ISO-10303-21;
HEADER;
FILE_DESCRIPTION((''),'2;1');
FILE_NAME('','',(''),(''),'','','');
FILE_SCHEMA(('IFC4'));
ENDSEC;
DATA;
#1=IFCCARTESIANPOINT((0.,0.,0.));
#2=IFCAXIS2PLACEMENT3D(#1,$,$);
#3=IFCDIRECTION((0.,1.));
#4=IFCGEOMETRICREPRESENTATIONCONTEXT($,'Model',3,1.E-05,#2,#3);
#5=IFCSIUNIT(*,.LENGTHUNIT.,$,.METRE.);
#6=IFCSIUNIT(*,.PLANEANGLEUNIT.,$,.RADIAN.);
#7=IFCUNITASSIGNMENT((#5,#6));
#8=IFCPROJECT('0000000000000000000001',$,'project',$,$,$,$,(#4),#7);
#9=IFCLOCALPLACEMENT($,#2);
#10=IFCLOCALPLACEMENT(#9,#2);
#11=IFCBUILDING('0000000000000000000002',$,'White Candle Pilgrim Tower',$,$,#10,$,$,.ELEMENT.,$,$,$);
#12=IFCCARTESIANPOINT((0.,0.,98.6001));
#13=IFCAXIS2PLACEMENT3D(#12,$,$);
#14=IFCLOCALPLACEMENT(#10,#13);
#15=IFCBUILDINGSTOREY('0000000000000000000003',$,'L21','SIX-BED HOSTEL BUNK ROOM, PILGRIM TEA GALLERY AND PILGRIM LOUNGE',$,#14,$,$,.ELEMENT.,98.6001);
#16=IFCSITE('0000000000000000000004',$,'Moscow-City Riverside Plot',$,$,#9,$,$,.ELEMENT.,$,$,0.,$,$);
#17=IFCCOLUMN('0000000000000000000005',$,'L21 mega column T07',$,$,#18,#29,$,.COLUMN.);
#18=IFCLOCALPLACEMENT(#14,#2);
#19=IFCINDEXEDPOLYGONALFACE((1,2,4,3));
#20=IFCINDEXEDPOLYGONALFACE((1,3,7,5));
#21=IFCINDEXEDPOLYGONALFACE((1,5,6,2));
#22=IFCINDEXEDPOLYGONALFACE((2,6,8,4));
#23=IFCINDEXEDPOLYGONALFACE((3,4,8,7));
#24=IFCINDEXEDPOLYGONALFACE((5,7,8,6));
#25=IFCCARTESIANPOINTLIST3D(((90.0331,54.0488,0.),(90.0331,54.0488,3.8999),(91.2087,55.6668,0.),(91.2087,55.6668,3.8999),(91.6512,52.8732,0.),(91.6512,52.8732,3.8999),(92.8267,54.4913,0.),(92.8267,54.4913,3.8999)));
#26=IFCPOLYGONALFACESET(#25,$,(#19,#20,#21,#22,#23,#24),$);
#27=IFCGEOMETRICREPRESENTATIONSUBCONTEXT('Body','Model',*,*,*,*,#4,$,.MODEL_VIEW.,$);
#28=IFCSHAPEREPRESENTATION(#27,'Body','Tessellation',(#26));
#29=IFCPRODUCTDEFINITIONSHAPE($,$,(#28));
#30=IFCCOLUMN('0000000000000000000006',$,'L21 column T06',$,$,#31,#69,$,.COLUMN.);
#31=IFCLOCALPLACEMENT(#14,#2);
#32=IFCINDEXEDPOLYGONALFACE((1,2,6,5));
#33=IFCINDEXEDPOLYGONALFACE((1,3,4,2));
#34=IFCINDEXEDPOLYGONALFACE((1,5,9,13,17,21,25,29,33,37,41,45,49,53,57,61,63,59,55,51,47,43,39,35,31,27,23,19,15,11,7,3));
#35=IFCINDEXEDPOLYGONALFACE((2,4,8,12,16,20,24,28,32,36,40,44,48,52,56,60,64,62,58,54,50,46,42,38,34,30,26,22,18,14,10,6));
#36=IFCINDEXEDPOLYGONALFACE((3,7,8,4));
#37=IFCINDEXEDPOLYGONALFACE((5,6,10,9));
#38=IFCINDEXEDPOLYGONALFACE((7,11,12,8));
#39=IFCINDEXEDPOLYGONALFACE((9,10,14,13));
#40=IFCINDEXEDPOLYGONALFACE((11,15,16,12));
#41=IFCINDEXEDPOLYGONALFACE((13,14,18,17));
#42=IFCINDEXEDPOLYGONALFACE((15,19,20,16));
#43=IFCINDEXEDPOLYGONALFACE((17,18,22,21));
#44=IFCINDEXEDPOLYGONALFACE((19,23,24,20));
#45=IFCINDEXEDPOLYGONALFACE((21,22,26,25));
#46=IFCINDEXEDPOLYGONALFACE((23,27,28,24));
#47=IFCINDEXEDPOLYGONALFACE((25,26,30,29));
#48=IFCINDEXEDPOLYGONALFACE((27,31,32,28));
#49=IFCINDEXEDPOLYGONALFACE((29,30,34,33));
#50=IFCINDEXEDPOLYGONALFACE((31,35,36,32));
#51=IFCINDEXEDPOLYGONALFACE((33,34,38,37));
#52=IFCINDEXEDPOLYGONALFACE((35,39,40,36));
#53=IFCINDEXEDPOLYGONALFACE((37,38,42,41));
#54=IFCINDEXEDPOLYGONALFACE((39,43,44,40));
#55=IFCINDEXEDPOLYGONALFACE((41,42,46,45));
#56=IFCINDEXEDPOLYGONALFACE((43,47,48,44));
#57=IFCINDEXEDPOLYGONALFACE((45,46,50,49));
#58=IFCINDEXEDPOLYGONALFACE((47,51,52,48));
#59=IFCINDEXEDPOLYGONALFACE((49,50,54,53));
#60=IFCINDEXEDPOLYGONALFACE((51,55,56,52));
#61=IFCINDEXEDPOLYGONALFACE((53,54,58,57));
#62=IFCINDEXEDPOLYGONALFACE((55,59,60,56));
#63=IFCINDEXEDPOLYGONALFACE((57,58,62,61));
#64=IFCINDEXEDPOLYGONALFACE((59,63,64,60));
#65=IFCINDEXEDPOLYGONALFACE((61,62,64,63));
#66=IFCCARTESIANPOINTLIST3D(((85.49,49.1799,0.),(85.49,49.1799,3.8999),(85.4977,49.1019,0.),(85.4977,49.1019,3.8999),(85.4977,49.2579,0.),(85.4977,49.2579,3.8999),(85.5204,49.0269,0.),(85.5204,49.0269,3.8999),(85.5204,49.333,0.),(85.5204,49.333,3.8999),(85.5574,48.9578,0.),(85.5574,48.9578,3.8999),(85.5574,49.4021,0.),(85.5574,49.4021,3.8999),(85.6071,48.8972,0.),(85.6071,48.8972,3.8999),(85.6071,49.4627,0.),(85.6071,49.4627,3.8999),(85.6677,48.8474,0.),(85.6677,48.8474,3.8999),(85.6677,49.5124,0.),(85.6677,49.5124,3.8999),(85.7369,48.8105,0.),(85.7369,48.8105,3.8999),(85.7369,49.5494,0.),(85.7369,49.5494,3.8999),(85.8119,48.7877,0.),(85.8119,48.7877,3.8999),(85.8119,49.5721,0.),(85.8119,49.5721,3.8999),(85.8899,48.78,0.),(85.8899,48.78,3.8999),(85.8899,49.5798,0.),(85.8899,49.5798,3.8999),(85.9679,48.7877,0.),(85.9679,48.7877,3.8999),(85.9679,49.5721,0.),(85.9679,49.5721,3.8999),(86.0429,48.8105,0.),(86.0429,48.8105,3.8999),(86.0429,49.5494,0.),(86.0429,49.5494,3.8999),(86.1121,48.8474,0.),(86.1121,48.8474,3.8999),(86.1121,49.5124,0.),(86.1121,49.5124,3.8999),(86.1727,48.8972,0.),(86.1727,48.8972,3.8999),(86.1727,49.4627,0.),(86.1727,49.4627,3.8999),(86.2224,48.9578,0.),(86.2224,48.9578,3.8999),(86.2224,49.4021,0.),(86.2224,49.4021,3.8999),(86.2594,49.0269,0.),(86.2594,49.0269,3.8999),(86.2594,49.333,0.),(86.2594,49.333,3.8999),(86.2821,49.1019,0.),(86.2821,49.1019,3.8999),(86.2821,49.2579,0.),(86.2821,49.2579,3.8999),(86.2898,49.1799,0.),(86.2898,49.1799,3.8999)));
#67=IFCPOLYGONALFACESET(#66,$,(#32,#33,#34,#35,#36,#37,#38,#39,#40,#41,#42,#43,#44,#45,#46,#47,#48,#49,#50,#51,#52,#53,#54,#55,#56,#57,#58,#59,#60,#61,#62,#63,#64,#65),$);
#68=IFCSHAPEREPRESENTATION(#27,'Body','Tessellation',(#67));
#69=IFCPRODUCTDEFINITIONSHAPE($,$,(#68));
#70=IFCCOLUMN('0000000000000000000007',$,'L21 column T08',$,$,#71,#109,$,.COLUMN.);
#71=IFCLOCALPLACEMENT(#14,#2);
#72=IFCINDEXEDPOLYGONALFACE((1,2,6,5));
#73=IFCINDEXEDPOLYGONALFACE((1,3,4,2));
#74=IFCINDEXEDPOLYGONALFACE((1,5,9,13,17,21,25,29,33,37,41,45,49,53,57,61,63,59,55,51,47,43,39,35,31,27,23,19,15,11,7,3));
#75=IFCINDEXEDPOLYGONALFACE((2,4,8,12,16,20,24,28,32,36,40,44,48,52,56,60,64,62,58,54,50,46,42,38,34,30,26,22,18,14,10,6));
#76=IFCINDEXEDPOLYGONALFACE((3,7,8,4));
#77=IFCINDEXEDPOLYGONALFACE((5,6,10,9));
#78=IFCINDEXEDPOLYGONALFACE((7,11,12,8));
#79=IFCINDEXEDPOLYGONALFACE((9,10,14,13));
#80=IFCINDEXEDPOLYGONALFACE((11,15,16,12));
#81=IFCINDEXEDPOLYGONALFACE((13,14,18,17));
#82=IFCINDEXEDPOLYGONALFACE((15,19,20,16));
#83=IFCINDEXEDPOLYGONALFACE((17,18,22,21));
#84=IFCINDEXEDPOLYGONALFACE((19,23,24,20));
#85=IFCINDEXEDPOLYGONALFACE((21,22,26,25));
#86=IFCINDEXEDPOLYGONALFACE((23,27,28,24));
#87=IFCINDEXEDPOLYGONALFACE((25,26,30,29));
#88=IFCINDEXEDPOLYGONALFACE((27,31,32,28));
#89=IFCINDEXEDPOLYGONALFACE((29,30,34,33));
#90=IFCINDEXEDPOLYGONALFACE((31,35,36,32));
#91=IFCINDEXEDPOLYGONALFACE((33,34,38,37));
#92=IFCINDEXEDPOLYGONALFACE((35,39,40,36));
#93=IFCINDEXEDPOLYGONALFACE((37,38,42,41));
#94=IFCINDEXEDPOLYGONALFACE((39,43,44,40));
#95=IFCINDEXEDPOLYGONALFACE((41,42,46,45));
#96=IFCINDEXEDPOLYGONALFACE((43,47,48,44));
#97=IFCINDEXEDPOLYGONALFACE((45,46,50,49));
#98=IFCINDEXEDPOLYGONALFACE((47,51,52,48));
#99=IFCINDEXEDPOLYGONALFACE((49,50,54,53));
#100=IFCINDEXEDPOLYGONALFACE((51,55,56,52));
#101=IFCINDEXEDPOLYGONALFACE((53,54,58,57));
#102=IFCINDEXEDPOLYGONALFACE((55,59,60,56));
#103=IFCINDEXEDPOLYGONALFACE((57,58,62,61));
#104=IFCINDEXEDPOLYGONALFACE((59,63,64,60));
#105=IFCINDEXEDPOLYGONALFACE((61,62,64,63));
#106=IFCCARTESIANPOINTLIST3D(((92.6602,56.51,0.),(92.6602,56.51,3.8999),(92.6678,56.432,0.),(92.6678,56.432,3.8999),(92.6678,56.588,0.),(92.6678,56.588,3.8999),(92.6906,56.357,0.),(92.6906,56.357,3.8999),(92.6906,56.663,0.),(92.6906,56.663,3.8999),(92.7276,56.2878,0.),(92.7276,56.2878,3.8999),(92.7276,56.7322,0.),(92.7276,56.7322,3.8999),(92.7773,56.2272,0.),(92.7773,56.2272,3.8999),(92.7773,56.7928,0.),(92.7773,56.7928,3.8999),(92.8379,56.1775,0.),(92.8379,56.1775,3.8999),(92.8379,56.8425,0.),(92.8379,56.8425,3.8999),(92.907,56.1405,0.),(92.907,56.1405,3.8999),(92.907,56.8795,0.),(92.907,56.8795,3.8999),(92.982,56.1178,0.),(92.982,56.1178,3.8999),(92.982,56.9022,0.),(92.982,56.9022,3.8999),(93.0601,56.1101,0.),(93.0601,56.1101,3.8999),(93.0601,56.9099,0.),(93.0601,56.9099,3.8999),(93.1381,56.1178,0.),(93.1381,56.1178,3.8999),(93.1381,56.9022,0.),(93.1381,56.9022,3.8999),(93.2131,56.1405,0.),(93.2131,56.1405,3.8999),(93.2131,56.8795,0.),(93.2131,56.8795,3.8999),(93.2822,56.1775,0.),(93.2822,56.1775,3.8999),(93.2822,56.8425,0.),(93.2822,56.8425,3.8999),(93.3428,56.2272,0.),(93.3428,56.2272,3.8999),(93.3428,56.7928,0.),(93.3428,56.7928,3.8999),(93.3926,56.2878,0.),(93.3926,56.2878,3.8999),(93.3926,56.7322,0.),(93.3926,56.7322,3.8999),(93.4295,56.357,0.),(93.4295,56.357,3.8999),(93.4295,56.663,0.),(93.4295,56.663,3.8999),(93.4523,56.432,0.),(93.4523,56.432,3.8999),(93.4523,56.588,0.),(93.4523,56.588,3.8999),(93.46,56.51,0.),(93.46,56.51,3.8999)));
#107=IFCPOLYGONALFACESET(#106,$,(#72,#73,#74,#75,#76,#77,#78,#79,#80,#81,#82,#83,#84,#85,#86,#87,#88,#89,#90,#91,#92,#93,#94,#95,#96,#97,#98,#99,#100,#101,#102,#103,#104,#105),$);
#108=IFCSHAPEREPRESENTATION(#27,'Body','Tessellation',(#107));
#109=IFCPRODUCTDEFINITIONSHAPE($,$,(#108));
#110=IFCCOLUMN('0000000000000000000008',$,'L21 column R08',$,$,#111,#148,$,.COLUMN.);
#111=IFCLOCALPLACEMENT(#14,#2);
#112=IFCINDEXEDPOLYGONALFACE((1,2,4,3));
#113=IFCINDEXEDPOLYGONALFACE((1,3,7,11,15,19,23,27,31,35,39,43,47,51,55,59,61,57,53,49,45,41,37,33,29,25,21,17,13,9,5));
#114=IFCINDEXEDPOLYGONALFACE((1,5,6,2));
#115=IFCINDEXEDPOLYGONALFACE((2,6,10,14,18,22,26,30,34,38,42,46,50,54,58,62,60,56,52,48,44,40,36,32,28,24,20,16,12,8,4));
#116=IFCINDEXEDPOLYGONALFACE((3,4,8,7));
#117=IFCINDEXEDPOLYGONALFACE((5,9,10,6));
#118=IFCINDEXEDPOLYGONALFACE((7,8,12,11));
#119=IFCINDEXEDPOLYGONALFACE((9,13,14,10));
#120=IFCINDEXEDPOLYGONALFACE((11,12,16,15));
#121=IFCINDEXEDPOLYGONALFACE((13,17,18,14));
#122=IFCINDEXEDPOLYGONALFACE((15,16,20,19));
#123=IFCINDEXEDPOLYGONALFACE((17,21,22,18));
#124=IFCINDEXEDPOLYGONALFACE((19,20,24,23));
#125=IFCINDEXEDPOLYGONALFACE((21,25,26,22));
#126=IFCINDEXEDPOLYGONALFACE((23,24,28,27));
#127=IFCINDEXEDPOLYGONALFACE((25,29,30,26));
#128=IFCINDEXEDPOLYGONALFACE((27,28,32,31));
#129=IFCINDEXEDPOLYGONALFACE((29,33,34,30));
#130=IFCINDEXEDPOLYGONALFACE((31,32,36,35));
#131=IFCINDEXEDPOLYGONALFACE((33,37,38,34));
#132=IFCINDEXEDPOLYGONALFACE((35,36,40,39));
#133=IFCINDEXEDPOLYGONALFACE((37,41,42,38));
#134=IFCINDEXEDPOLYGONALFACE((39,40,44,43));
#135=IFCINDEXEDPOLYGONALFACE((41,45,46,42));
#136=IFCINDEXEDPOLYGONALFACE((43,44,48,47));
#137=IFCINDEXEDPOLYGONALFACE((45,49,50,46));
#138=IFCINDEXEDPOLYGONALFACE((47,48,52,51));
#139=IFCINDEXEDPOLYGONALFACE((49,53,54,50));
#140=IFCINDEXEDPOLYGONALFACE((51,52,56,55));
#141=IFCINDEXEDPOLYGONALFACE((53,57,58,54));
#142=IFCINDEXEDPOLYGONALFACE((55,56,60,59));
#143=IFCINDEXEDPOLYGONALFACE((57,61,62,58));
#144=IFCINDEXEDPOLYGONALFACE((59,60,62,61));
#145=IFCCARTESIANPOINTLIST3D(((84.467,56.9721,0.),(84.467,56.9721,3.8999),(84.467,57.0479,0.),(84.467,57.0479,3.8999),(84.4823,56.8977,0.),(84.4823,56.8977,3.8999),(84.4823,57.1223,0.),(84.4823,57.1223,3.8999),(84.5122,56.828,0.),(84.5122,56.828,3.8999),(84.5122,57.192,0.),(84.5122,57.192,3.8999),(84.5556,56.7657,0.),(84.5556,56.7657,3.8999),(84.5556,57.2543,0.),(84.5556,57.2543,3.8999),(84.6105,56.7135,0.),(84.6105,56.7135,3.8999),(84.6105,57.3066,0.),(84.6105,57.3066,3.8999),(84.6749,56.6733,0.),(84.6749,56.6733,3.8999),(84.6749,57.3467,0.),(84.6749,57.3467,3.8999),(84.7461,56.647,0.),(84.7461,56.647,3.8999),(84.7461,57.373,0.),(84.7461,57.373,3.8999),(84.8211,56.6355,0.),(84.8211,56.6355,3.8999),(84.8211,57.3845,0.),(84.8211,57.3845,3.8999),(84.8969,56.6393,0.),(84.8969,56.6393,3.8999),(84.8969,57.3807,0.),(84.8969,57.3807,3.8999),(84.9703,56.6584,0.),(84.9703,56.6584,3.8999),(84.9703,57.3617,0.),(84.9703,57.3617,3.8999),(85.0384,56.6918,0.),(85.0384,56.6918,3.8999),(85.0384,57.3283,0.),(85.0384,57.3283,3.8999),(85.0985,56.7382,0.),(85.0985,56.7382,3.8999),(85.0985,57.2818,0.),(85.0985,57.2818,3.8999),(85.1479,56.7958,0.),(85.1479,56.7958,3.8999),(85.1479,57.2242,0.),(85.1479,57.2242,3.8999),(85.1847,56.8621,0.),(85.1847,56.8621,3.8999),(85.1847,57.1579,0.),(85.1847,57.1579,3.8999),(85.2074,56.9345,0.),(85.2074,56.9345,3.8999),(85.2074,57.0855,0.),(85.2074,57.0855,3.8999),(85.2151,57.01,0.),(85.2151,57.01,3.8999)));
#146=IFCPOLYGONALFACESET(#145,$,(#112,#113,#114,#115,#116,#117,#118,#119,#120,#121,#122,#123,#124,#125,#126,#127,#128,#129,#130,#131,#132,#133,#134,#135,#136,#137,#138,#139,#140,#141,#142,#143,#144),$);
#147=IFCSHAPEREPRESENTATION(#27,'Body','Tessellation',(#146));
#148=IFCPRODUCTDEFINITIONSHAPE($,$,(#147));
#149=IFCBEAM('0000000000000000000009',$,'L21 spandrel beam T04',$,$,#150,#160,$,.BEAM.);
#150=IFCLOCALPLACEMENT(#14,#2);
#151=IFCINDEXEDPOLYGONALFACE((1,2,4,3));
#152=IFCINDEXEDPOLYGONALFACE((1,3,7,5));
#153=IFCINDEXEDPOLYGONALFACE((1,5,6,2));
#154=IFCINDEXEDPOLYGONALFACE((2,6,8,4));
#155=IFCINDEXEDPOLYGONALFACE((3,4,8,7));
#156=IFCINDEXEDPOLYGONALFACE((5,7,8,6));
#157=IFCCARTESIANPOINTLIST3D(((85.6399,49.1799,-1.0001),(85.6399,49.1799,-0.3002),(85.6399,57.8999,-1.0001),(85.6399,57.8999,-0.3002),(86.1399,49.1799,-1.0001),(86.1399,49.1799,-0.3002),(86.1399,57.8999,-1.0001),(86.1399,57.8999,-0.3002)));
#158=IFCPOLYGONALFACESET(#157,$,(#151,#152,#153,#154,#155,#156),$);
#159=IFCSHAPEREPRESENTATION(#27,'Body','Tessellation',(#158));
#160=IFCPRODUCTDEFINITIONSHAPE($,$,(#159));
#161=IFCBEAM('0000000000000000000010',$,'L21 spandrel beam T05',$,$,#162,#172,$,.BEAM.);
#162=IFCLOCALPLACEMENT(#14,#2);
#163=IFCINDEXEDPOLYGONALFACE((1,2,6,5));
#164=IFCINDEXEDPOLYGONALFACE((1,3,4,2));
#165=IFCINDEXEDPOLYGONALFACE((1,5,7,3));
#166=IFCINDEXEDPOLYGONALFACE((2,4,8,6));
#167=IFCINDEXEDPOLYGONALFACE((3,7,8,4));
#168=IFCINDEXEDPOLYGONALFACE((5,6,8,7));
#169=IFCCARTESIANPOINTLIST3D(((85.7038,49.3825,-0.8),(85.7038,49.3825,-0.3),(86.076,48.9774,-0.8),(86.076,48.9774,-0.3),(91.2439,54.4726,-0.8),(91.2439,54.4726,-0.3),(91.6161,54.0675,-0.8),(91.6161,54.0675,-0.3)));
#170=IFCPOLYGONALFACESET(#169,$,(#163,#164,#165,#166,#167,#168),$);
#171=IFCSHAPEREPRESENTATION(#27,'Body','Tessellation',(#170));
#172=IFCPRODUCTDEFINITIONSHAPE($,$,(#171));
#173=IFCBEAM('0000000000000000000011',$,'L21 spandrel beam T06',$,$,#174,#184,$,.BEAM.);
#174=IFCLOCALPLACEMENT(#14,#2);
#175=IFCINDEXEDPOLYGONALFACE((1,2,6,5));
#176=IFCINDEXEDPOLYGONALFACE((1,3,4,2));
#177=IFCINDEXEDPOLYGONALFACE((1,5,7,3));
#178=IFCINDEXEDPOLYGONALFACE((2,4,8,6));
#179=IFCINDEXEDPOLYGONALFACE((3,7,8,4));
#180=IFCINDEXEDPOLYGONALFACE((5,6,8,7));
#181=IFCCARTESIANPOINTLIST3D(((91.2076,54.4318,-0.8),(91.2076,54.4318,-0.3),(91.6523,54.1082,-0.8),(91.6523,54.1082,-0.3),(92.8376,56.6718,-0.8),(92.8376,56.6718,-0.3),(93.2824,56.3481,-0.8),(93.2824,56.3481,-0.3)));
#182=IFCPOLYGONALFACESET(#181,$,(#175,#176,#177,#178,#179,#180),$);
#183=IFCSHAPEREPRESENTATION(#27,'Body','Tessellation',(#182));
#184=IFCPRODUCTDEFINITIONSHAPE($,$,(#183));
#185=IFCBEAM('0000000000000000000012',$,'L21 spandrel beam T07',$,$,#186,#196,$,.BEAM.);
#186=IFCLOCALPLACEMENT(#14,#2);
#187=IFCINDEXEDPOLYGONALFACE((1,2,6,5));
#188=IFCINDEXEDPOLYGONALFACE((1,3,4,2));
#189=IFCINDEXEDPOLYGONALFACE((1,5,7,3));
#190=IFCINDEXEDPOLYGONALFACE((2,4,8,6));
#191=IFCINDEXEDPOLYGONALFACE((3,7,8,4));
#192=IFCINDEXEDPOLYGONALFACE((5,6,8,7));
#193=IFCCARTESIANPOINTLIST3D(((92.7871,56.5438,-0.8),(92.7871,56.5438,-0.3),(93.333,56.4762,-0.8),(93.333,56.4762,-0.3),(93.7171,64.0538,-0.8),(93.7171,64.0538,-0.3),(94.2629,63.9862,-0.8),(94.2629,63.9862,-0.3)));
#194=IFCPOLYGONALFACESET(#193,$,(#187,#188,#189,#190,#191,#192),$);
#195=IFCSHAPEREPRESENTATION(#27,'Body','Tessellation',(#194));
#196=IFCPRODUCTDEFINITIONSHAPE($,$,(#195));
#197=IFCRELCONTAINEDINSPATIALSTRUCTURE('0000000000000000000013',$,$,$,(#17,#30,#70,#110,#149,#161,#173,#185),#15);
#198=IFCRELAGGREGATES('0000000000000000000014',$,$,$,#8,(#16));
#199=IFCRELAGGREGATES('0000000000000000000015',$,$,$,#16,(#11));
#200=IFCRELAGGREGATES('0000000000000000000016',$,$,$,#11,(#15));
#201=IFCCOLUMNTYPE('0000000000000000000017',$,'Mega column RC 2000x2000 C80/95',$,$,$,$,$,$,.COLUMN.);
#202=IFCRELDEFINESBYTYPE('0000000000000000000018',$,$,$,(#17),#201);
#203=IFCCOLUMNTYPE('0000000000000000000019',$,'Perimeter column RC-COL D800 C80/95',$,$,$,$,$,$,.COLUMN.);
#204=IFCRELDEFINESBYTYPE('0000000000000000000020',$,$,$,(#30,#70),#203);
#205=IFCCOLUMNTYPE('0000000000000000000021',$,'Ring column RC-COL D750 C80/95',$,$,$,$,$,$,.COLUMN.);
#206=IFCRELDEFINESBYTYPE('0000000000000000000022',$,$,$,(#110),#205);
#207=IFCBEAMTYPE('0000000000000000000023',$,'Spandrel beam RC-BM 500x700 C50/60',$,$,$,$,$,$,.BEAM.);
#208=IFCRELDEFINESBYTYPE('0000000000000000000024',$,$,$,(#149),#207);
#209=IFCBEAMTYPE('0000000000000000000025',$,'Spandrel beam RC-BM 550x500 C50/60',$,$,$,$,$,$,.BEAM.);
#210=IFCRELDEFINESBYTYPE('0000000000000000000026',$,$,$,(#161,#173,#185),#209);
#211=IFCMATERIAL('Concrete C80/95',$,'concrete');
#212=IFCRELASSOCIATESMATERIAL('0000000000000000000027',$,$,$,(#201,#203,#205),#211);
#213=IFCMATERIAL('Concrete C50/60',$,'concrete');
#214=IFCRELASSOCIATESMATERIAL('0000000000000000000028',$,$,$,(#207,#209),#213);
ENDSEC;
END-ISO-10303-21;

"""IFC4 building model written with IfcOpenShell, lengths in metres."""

from ifc_helpers import new_model, si_unit, direction, frame, origin, origin_2d, place, context, subcontext, project, spatial, rectangle, circle, extrude, material, material_profile, profile_set, type_object, element, save


model = new_model("IFC4")

# Units and contexts
model_context = context("Model", 3, precision=1e-05, world=origin(), true_north=direction((0.0, 1.0)))
body_context = subcontext(model_context, "Body", "Model", "MODEL_VIEW")
ifc_project = project(units=[si_unit("LENGTHUNIT", "METRE"), si_unit("PLANEANGLEUNIT", "RADIAN")], contexts=[model_context])

# Site, building, storey
site_placement = place(None, origin())
site = spatial("IfcSite", under=ifc_project, at=site_placement, Name="Moscow-City Riverside Plot", CompositionType="ELEMENT", RefElevation=0.0)
building_placement = place(site_placement, origin())
building = spatial("IfcBuilding", under=site, at=building_placement, Name="White Candle Pilgrim Tower", CompositionType="ELEMENT")
storey_placement = place(building_placement, frame((0.0, 0.0, 98.6001)))
storey = spatial("IfcBuildingStorey", under=building, at=storey_placement, Name="L21", Description="SIX-BED HOSTEL BUNK ROOM, PILGRIM TEA GALLERY AND PILGRIM LOUNGE", CompositionType="ELEMENT", Elevation=98.6001)

# Columns
ifc_material_1 = material(Name="Concrete C80/95", Category="concrete")
ifc_material_profile_1 = material_profile(ifc_material_1, rectangle(XDim=2.0, YDim=2.0, at=origin_2d()), Name="RC 2000x2000")
ifc_profile_set_1 = profile_set([ifc_material_profile_1], Name="Concrete C80/95")
column_type_1 = type_object("IfcColumnType", Name="Mega column RC 2000x2000 C80/95", PredefinedType="COLUMN", material=ifc_profile_set_1)
column_1_placement = place(storey_placement, frame((91.4299, 54.27, 0.0), z_axis=(0.0, 0.0, 1.0), x_axis=(0.809017, -0.587785, 0.0)))
element("IfcColumn", 1, at=column_1_placement, inside=storey, type_object=column_type_1, Name="L21 mega column T07", PredefinedType="COLUMN", context=body_context, shape_type="SweptSolid", body=[
    extrude(rectangle(XDim=2.0, YDim=2.0, at=origin_2d()), origin(), (0.0, 0.0, 1.0), 3.8999),
])
ifc_material_profile_2 = material_profile(ifc_material_1, circle(Radius=0.3999, at=origin_2d()), Name="RC-COL D800")
ifc_profile_set_2 = profile_set([ifc_material_profile_2], Name="Concrete C80/95")
column_type_2 = type_object("IfcColumnType", Name="Perimeter column RC-COL D800 C80/95", PredefinedType="COLUMN", material=ifc_profile_set_2)
for number, where, z_axis, x_axis, name in (
    (2, (85.8899, 49.1799, 0.0), (0.0, 0.0, 1.0), (1.0, 0.0, 0.0), "L21 column T06"),
    (3, (93.0601, 56.51, 0.0), (0.0, 0.0, 1.0), (1.0, 0.0, 0.0), "L21 column T08"),
):
    element("IfcColumn", number, at=place(storey_placement, frame(where, z_axis=z_axis, x_axis=x_axis)), inside=storey, type_object=column_type_2, Name=name, PredefinedType="COLUMN", context=body_context, shape_type="SweptSolid", body=[
        extrude(circle(Radius=0.3999, at=origin_2d()), origin(), (0.0, 0.0, 1.0), 3.8999),
    ])
ifc_material_profile_3 = material_profile(ifc_material_1, circle(Radius=0.375, at=origin_2d()), Name="RC-COL D750")
ifc_profile_set_3 = profile_set([ifc_material_profile_3], Name="Concrete C80/95")
column_type_3 = type_object("IfcColumnType", Name="Ring column RC-COL D750 C80/95", PredefinedType="COLUMN", material=ifc_profile_set_3)
column_2_placement = place(storey_placement, frame((84.8401, 57.01, 0.0), z_axis=(0.0, 0.0, 1.0), x_axis=(1.0, 0.0, 0.0)))
element("IfcColumn", 4, at=column_2_placement, inside=storey, type_object=column_type_3, Name="L21 column R08", PredefinedType="COLUMN", context=body_context, shape_type="SweptSolid", body=[
    extrude(circle(Radius=0.375, at=origin_2d()), origin(), (0.0, 0.0, 1.0), 3.8999),
])

# Beams
ifc_material_2 = material(Name="Concrete C50/60", Category="concrete")
ifc_material_profile_4 = material_profile(ifc_material_2, rectangle(XDim=0.5, YDim=0.7, at=origin_2d()), Name="RC-BM 500x700")
ifc_profile_set_4 = profile_set([ifc_material_profile_4], Name="Concrete C50/60")
beam_type_1 = type_object("IfcBeamType", Name="Spandrel beam RC-BM 500x700 C50/60", PredefinedType="BEAM", material=ifc_profile_set_4)
beam_1_placement = place(storey_placement, frame((85.8899, 49.1799, -0.6501), z_axis=(0.0, 1.0, 0.0), x_axis=(-1.0, 0.0, 0.0)))
element("IfcBeam", 5, at=beam_1_placement, inside=storey, type_object=beam_type_1, Name="L21 spandrel beam T04", PredefinedType="BEAM", context=body_context, shape_type="SweptSolid", body=[
    extrude(rectangle(XDim=0.5, YDim=0.7, at=origin_2d()), origin(), (0.0, 0.0, 1.0), 8.72),
])
ifc_material_profile_5 = material_profile(ifc_material_2, rectangle(XDim=0.55, YDim=0.5, at=origin_2d()), Name="RC-BM 550x500")
ifc_profile_set_5 = profile_set([ifc_material_profile_5], Name="Concrete C50/60")
beam_type_2 = type_object("IfcBeamType", Name="Spandrel beam RC-BM 550x500 C50/60", PredefinedType="BEAM", material=ifc_profile_set_5)
beam_2_placement = place(storey_placement, frame((85.8899, 49.1799, -0.55), z_axis=(0.736378, 0.676571, 0.0), x_axis=(-0.676571, 0.736378, 0.0)))
element("IfcBeam", 6, at=beam_2_placement, inside=storey, type_object=beam_type_2, Name="L21 spandrel beam T05", PredefinedType="BEAM", context=body_context, shape_type="SweptSolid", body=[
    extrude(rectangle(XDim=0.55, YDim=0.5, at=origin_2d()), origin(), (0.0, 0.0, 1.0), 7.5234),
])
beam_3_placement = place(storey_placement, frame((91.4299, 54.27, -0.55), z_axis=(0.588418, 0.808557, 0.0), x_axis=(-0.808557, 0.588418, 0.0)))
element("IfcBeam", 7, at=beam_3_placement, inside=storey, type_object=beam_type_2, Name="L21 spandrel beam T06", PredefinedType="BEAM", context=body_context, shape_type="SweptSolid", body=[
    extrude(rectangle(XDim=0.55, YDim=0.5, at=origin_2d()), origin(), (0.0, 0.0, 1.0), 2.7703),
])
beam_4_placement = place(storey_placement, frame((93.0601, 56.51, -0.55), z_axis=(0.122887, 0.992421, 0.0), x_axis=(-0.992421, 0.122887, 0.0)))
element("IfcBeam", 8, at=beam_4_placement, inside=storey, type_object=beam_type_2, Name="L21 spandrel beam T07", PredefinedType="BEAM", context=body_context, shape_type="SweptSolid", body=[
    extrude(rectangle(XDim=0.55, YDim=0.5, at=origin_2d()), origin(), (0.0, 0.0, 1.0), 7.5674),
])

save(model, "model.ifc")
